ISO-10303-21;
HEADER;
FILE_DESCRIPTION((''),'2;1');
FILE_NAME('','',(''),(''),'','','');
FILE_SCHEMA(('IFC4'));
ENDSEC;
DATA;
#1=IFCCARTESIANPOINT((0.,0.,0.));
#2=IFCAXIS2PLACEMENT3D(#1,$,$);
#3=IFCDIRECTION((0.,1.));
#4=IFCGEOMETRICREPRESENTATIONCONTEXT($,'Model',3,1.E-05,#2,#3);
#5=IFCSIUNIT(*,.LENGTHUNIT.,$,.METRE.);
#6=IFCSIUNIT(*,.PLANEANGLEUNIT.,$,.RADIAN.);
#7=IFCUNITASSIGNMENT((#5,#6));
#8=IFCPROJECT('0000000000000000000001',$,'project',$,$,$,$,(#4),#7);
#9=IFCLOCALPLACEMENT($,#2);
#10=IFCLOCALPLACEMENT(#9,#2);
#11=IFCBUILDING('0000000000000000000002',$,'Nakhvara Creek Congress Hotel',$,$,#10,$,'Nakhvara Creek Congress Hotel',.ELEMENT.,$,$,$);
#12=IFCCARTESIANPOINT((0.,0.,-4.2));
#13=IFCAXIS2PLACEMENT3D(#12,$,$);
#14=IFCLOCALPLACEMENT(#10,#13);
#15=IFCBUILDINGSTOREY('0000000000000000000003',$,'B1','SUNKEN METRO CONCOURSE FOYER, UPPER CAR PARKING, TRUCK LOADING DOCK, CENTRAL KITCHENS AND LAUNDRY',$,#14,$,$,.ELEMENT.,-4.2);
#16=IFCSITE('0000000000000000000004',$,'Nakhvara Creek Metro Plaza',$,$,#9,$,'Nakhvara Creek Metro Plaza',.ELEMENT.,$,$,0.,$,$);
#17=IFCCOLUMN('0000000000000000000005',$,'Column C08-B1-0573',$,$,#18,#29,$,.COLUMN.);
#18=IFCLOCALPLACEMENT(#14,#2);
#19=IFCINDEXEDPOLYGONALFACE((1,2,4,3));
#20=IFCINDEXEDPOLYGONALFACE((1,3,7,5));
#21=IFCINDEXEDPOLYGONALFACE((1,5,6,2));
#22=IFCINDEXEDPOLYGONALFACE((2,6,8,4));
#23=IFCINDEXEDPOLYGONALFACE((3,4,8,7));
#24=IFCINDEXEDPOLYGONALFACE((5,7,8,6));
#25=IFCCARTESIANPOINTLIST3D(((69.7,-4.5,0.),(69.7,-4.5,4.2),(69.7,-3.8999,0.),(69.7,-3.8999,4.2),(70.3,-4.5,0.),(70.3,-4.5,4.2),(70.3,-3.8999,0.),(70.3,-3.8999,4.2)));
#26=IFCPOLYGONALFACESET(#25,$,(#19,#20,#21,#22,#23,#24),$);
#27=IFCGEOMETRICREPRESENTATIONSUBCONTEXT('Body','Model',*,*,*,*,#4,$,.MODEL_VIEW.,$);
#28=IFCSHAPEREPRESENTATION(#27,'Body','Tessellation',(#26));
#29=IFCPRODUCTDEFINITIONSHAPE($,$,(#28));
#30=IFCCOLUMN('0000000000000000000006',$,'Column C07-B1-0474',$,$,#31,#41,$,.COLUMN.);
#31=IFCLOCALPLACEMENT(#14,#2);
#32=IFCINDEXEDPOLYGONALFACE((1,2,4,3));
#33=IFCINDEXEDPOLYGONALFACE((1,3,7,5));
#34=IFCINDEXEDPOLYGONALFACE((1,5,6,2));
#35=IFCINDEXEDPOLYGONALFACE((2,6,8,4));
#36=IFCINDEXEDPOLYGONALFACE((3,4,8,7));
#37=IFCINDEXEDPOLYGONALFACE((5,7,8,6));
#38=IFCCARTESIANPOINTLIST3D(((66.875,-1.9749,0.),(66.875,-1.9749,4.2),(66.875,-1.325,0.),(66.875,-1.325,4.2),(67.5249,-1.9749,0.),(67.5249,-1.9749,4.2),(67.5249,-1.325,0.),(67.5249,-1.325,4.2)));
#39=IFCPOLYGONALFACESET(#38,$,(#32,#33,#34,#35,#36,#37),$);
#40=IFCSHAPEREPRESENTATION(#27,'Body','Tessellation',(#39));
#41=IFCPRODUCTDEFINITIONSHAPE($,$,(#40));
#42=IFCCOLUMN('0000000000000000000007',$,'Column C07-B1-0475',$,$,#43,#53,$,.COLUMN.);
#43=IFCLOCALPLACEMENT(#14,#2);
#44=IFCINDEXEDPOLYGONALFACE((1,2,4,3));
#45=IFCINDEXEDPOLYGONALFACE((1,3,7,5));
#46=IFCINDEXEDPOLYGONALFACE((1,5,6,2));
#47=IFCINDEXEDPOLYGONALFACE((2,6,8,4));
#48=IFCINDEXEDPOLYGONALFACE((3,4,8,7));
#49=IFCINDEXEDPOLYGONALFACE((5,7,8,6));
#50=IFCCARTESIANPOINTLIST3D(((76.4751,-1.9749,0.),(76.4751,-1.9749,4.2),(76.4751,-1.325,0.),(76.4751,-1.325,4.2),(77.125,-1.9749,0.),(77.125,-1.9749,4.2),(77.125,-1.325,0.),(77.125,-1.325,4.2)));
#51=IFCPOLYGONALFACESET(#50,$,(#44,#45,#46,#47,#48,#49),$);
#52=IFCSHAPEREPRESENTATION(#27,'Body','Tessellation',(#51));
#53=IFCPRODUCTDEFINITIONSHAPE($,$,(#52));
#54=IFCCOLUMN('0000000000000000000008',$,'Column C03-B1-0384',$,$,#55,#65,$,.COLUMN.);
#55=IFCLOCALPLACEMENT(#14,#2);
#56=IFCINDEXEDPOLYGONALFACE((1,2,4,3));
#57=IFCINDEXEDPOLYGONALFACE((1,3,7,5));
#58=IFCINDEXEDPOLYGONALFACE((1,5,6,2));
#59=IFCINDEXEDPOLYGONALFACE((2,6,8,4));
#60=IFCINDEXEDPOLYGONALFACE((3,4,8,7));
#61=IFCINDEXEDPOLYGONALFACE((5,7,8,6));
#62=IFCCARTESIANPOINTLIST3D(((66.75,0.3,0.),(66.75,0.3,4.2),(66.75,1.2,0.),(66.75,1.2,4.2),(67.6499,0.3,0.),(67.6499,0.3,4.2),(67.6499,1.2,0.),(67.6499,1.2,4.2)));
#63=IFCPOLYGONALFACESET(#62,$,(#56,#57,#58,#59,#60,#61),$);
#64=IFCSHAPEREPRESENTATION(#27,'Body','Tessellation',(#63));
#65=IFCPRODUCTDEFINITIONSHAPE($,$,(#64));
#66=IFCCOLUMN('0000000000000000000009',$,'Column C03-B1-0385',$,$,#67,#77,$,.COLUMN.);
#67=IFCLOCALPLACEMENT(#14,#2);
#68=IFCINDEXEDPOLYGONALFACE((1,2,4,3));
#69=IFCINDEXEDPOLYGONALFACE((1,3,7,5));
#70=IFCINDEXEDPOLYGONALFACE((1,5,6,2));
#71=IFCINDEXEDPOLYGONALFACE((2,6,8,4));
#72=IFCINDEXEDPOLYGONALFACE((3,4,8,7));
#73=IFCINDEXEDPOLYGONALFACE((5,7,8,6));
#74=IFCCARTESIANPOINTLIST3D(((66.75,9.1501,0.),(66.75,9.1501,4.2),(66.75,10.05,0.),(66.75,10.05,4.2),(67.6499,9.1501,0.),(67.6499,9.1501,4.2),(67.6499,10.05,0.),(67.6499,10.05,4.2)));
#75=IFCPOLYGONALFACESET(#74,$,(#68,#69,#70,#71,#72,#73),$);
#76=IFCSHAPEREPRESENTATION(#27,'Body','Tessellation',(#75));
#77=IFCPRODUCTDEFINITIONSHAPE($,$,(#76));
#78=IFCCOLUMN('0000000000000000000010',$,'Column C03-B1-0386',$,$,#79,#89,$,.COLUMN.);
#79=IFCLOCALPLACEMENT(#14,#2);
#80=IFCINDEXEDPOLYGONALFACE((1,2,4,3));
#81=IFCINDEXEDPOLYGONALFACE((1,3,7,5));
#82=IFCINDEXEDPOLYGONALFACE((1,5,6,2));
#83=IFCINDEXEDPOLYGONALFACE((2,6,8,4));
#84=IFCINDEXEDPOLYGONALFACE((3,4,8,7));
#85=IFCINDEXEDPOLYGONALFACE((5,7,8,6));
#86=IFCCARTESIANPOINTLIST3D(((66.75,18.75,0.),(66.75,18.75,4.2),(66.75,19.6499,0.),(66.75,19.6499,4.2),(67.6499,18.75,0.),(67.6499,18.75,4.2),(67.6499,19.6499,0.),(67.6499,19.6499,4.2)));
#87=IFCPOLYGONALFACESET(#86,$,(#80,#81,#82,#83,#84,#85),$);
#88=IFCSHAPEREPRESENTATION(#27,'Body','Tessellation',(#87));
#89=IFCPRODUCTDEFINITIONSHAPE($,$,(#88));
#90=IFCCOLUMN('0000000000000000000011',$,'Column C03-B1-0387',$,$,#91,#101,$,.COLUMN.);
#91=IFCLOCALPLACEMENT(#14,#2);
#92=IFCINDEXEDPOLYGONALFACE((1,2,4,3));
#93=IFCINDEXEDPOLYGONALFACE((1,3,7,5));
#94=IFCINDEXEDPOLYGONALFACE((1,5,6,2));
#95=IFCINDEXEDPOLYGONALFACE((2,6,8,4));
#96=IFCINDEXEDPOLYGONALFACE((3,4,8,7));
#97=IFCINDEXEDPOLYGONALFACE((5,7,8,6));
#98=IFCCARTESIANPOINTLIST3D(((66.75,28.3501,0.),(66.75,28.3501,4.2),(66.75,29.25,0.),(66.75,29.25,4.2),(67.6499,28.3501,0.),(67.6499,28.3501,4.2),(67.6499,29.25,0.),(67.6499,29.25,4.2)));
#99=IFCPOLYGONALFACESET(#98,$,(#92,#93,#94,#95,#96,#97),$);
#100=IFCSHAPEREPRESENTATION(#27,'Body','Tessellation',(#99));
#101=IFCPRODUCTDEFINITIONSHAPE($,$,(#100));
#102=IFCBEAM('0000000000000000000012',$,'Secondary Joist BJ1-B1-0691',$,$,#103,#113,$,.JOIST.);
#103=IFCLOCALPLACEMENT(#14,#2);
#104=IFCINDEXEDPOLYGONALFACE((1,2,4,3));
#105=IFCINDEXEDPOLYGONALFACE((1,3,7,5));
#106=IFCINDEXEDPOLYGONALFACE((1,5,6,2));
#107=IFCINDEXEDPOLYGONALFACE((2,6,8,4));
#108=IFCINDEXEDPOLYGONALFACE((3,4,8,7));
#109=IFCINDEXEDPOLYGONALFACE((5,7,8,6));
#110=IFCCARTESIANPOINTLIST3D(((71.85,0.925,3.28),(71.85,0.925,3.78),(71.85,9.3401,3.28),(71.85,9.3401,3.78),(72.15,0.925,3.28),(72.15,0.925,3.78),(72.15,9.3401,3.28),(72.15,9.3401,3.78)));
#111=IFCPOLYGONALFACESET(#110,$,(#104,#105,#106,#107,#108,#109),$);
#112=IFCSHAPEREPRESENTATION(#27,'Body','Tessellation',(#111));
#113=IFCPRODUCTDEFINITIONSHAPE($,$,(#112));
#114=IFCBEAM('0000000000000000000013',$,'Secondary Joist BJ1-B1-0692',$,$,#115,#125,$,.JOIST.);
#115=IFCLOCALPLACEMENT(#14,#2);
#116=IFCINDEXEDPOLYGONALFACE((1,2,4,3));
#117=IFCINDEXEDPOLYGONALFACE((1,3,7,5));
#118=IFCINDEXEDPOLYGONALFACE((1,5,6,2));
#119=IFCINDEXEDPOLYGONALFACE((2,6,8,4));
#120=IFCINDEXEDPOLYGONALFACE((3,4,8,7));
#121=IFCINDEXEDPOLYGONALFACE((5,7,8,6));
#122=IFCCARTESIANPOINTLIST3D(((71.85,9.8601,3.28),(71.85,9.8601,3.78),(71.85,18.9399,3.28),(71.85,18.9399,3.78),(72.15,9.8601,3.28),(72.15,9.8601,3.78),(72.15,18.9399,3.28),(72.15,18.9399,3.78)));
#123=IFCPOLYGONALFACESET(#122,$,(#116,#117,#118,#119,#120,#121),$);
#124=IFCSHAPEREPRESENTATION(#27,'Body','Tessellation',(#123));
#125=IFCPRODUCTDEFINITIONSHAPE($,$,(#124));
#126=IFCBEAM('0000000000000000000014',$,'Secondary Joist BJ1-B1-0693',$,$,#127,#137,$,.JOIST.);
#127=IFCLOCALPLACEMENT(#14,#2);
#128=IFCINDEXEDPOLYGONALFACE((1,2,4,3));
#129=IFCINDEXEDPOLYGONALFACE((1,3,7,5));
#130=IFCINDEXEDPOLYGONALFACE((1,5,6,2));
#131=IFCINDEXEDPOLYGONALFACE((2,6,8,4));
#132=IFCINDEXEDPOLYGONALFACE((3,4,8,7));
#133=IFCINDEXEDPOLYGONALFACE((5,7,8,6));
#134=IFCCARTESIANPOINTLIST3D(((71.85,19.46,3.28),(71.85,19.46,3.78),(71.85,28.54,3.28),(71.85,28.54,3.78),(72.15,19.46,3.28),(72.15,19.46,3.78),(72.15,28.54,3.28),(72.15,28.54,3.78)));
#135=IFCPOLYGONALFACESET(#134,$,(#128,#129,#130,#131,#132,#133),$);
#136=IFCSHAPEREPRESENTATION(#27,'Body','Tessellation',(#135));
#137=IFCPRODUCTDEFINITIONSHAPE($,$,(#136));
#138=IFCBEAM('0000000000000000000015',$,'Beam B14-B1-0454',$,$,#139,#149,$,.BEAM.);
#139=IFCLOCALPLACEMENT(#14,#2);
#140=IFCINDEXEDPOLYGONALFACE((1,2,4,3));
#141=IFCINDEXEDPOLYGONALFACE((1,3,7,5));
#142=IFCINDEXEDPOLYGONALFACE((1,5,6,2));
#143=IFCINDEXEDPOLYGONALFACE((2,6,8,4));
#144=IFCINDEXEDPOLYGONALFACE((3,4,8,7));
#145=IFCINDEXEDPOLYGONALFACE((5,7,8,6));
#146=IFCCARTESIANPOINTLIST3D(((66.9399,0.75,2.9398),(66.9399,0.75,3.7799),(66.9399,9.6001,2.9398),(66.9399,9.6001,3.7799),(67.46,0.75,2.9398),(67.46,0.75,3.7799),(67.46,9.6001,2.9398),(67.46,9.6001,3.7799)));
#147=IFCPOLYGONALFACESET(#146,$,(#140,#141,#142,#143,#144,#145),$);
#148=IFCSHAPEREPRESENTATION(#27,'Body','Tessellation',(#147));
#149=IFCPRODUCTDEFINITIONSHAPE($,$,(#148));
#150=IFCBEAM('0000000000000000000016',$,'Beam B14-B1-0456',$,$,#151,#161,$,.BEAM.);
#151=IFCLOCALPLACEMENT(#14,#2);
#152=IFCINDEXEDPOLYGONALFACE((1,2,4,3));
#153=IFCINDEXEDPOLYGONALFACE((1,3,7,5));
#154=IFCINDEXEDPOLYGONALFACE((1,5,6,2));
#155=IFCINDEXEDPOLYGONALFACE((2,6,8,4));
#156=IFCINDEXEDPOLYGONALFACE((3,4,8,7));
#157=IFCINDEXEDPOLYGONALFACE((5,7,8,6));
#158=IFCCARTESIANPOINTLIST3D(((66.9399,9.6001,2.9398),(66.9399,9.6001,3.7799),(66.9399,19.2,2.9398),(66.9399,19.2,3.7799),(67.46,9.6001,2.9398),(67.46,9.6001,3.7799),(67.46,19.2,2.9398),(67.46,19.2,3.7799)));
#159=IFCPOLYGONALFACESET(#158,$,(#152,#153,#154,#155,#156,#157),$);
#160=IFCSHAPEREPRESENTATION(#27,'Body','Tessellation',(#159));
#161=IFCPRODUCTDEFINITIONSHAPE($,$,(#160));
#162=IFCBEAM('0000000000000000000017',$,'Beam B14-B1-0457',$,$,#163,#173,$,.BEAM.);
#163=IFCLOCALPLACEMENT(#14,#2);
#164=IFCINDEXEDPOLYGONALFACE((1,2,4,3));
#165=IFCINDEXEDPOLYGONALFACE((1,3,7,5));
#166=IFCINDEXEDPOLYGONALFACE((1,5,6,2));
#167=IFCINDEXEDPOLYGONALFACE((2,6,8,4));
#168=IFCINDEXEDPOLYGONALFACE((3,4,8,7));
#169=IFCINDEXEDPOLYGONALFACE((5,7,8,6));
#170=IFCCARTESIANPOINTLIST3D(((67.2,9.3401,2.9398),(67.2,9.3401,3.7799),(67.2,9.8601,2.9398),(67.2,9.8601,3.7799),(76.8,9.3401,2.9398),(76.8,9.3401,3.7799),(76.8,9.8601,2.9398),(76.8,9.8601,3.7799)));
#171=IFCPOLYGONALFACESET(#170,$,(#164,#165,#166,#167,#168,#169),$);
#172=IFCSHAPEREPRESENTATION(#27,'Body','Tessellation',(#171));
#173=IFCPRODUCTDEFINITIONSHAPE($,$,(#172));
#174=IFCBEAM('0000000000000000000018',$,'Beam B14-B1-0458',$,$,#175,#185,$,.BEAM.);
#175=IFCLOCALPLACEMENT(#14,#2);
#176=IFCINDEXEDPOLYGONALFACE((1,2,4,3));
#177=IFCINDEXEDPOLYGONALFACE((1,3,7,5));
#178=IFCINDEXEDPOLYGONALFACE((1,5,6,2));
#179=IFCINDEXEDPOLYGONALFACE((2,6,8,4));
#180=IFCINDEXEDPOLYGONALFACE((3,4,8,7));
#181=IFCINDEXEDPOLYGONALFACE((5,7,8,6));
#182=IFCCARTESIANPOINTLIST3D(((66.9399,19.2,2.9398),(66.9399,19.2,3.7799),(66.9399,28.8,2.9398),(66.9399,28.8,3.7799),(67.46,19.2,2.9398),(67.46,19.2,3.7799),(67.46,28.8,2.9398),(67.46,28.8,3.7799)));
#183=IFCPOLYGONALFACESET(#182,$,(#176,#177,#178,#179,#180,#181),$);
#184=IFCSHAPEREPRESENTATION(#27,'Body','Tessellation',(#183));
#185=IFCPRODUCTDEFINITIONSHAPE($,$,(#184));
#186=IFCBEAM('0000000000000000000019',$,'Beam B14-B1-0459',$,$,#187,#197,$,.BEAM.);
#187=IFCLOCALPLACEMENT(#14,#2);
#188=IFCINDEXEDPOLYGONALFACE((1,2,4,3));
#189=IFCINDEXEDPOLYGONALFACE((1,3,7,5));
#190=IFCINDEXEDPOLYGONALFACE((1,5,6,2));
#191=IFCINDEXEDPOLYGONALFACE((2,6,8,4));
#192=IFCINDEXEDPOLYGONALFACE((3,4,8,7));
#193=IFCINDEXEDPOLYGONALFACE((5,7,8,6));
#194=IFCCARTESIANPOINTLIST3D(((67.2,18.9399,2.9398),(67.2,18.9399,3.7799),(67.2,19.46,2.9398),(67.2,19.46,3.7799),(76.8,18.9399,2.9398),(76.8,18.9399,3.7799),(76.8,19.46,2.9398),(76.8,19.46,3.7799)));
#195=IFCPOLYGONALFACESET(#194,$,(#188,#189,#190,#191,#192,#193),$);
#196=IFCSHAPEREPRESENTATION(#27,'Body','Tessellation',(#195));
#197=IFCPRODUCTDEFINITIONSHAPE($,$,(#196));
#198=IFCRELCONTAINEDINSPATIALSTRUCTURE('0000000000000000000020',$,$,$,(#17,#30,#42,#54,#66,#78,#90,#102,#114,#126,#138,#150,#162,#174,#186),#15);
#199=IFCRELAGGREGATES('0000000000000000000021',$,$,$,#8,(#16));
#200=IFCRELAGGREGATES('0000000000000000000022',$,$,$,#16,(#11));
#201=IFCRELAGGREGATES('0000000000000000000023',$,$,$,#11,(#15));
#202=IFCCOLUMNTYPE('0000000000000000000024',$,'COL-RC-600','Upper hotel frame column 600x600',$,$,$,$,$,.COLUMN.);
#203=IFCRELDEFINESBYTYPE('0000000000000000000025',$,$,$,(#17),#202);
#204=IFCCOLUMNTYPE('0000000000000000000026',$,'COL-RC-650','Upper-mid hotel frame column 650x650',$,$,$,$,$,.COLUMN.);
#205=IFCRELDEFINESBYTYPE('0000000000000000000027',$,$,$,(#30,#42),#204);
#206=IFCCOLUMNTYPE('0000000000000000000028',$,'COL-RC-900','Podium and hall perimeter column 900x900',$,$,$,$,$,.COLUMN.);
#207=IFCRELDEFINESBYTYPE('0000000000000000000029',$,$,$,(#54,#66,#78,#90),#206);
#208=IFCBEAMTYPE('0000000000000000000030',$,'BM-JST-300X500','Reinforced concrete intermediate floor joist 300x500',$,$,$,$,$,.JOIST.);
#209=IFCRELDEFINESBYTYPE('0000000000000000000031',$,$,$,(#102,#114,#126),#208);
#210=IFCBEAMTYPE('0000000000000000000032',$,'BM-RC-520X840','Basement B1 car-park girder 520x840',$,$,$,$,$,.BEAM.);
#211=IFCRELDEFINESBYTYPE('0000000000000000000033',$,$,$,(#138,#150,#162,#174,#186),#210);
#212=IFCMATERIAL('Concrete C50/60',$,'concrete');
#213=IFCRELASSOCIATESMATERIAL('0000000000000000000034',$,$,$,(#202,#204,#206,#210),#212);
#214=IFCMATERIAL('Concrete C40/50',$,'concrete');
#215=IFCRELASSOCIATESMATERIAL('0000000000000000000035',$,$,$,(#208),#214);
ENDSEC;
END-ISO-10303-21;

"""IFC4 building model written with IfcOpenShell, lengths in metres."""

from ifc_helpers import new_model, si_unit, direction, frame, origin, origin_2d, place, context, subcontext, project, spatial, rectangle, extrude, material, material_profile, profile_set, type_object, element, save


model = new_model("IFC4")

# Units and contexts
model_context = context("Model", 3, precision=1e-05, world=origin(), true_north=direction((0.0, 1.0)))
body_context = subcontext(model_context, "Body", "Model", "MODEL_VIEW")
ifc_project = project(units=[si_unit("LENGTHUNIT", "METRE"), si_unit("PLANEANGLEUNIT", "RADIAN")], contexts=[model_context])

# Site, building, storey
site_placement = place(None, origin())
site = spatial("IfcSite", under=ifc_project, at=site_placement, Name="Nakhvara Creek Metro Plaza", LongName="Nakhvara Creek Metro Plaza", CompositionType="ELEMENT", RefElevation=0.0)
building_placement = place(site_placement, origin())
building = spatial("IfcBuilding", under=site, at=building_placement, Name="Nakhvara Creek Congress Hotel", LongName="Nakhvara Creek Congress Hotel", CompositionType="ELEMENT")
storey_placement = place(building_placement, frame((0.0, 0.0, -4.2)))
storey = spatial("IfcBuildingStorey", under=building, at=storey_placement, Name="B1", Description="SUNKEN METRO CONCOURSE FOYER, UPPER CAR PARKING, TRUCK LOADING DOCK, CENTRAL KITCHENS AND LAUNDRY", CompositionType="ELEMENT", Elevation=-4.2)

# Columns
ifc_material_1 = material(Name="Concrete C50/60", Category="concrete")
ifc_material_profile_1 = material_profile(ifc_material_1, rectangle(XDim=0.6001, YDim=0.6001, at=origin_2d()), Name="RC-COL 600x600", Category="LoadBearing")
ifc_profile_set_1 = profile_set([ifc_material_profile_1], Name="Concrete C50/60")
column_type_1 = type_object("IfcColumnType", Name="COL-RC-600", Description="Upper hotel frame column 600x600", PredefinedType="COLUMN", material=ifc_profile_set_1)
column_placement = place(storey_placement, frame((70.0, -4.2, 0.0), z_axis=(0.0, 0.0, 1.0), x_axis=(1.0, 0.0, 0.0)))
element("IfcColumn", 1, at=column_placement, inside=storey, type_object=column_type_1, Name="Column C08-B1-0573", PredefinedType="COLUMN", context=body_context, shape_type="SweptSolid", body=[
    extrude(rectangle(XDim=0.6001, YDim=0.6001, at=origin_2d()), origin(), (0.0, 0.0, 1.0), 4.2),
])
ifc_material_profile_2 = material_profile(ifc_material_1, rectangle(XDim=0.6499, YDim=0.6499, at=origin_2d()), Name="RC-COL 650x650", Category="LoadBearing")
ifc_profile_set_2 = profile_set([ifc_material_profile_2], Name="Concrete C50/60")
column_type_2 = type_object("IfcColumnType", Name="COL-RC-650", Description="Upper-mid hotel frame column 650x650", PredefinedType="COLUMN", material=ifc_profile_set_2)
for number, where, z_axis, x_axis, name in (
    (2, (67.2, -1.6499, 0.0), (0.0, 0.0, 1.0), (1.0, 0.0, 0.0), "Column C07-B1-0474"),
    (3, (76.8, -1.6499, 0.0), (0.0, 0.0, 1.0), (1.0, 0.0, 0.0), "Column C07-B1-0475"),
):
    element("IfcColumn", number, at=place(storey_placement, frame(where, z_axis=z_axis, x_axis=x_axis)), inside=storey, type_object=column_type_2, Name=name, PredefinedType="COLUMN", context=body_context, shape_type="SweptSolid", body=[
        extrude(rectangle(XDim=0.6499, YDim=0.6499, at=origin_2d()), origin(), (0.0, 0.0, 1.0), 4.2),
    ])
ifc_material_profile_3 = material_profile(ifc_material_1, rectangle(XDim=0.8999, YDim=0.8999, at=origin_2d()), Name="RC-COL 900x900", Category="LoadBearing")
ifc_profile_set_3 = profile_set([ifc_material_profile_3], Name="Concrete C50/60")
column_type_3 = type_object("IfcColumnType", Name="COL-RC-900", Description="Podium and hall perimeter column 900x900", PredefinedType="COLUMN", material=ifc_profile_set_3)
for number, where, z_axis, x_axis, name in (
    (4, (67.2, 0.75, 0.0), (0.0, 0.0, 1.0), (1.0, 0.0, 0.0), "Column C03-B1-0384"),
    (5, (67.2, 9.6001, 0.0), (0.0, 0.0, 1.0), (1.0, 0.0, 0.0), "Column C03-B1-0385"),
    (6, (67.2, 19.2, 0.0), (0.0, 0.0, 1.0), (1.0, 0.0, 0.0), "Column C03-B1-0386"),
    (7, (67.2, 28.8, 0.0), (0.0, 0.0, 1.0), (1.0, 0.0, 0.0), "Column C03-B1-0387"),
):
    element("IfcColumn", number, at=place(storey_placement, frame(where, z_axis=z_axis, x_axis=x_axis)), inside=storey, type_object=column_type_3, Name=name, PredefinedType="COLUMN", context=body_context, shape_type="SweptSolid", body=[
        extrude(rectangle(XDim=0.8999, YDim=0.8999, at=origin_2d()), origin(), (0.0, 0.0, 1.0), 4.2),
    ])

# Beams
ifc_material_2 = material(Name="Concrete C40/50", Category="concrete")
ifc_material_profile_4 = material_profile(ifc_material_2, rectangle(XDim=0.3, YDim=0.5, at=origin_2d()), Name="RC-BM 300x500", Category="LoadBearing")
ifc_profile_set_4 = profile_set([ifc_material_profile_4], Name="Concrete C40/50")
beam_type_1 = type_object("IfcBeamType", Name="BM-JST-300X500", Description="Reinforced concrete intermediate floor joist 300x500", PredefinedType="JOIST", material=ifc_profile_set_4)
beam_1_placement = place(storey_placement, frame((72.0, 0.925, 3.53), z_axis=(0.0, 1.0, 0.0), x_axis=(-1.0, 0.0, 0.0)))
element("IfcBeam", 8, at=beam_1_placement, inside=storey, type_object=beam_type_1, Name="Secondary Joist BJ1-B1-0691", PredefinedType="JOIST", context=body_context, shape_type="SweptSolid", body=[
    extrude(rectangle(XDim=0.3, YDim=0.5, at=origin_2d()), origin(), (0.0, 0.0, 1.0), 8.415),
])
beam_2_placement = place(storey_placement, frame((72.0, 9.8601, 3.53), z_axis=(0.0, 1.0, 0.0), x_axis=(-1.0, 0.0, 0.0)))
element("IfcBeam", 9, at=beam_2_placement, inside=storey, type_object=beam_type_1, Name="Secondary Joist BJ1-B1-0692", PredefinedType="JOIST", context=body_context, shape_type="SweptSolid", body=[
    extrude(rectangle(XDim=0.3, YDim=0.5, at=origin_2d()), origin(), (0.0, 0.0, 1.0), 9.0798),
])
beam_3_placement = place(storey_placement, frame((72.0, 19.46, 3.53), z_axis=(0.0, 1.0, 0.0), x_axis=(-1.0, 0.0, 0.0)))
element("IfcBeam", 10, at=beam_3_placement, inside=storey, type_object=beam_type_1, Name="Secondary Joist BJ1-B1-0693", PredefinedType="JOIST", context=body_context, shape_type="SweptSolid", body=[
    extrude(rectangle(XDim=0.3, YDim=0.5, at=origin_2d()), origin(), (0.0, 0.0, 1.0), 9.0801),
])
ifc_material_profile_5 = material_profile(ifc_material_1, rectangle(XDim=0.52, YDim=0.8401, at=origin_2d()), Name="RC-BM 520x840", Category="LoadBearing")
ifc_profile_set_5 = profile_set([ifc_material_profile_5], Name="Concrete C50/60")
beam_type_2 = type_object("IfcBeamType", Name="BM-RC-520X840", Description="Basement B1 car-park girder 520x840", PredefinedType="BEAM", material=ifc_profile_set_5)
beam_4_placement = place(storey_placement, frame((67.2, 0.75, 3.3599), z_axis=(0.0, 1.0, 0.0), x_axis=(-1.0, 0.0, 0.0)))
element("IfcBeam", 11, at=beam_4_placement, inside=storey, type_object=beam_type_2, Name="Beam B14-B1-0454", PredefinedType="BEAM", context=body_context, shape_type="SweptSolid", body=[
    extrude(rectangle(XDim=0.52, YDim=0.8401, at=origin_2d()), origin(), (0.0, 0.0, 1.0), 8.8501),
])
beam_5_placement = place(storey_placement, frame((67.2, 9.6001, 3.3599), z_axis=(0.0, 1.0, 0.0), x_axis=(-1.0, 0.0, 0.0)))
element("IfcBeam", 12, at=beam_5_placement, inside=storey, type_object=beam_type_2, Name="Beam B14-B1-0456", PredefinedType="BEAM", context=body_context, shape_type="SweptSolid", body=[
    extrude(rectangle(XDim=0.52, YDim=0.8401, at=origin_2d()), origin(), (0.0, 0.0, 1.0), 9.5999),
])
for number, where, z_axis, x_axis, name in (
    (13, (67.2, 9.6001, 3.3599), (1.0, 0.0, 0.0), (0.0, 1.0, 0.0), "Beam B14-B1-0457"),
    (14, (67.2, 19.2, 3.3599), (0.0, 1.0, 0.0), (-1.0, 0.0, 0.0), "Beam B14-B1-0458"),
    (15, (67.2, 19.2, 3.3599), (1.0, 0.0, 0.0), (0.0, 1.0, 0.0), "Beam B14-B1-0459"),
):
    element("IfcBeam", number, at=place(storey_placement, frame(where, z_axis=z_axis, x_axis=x_axis)), inside=storey, type_object=beam_type_2, Name=name, PredefinedType="BEAM", context=body_context, shape_type="SweptSolid", body=[
        extrude(rectangle(XDim=0.52, YDim=0.8401, at=origin_2d()), origin(), (0.0, 0.0, 1.0), 9.6001),
    ])

save(model, "model.ifc")
